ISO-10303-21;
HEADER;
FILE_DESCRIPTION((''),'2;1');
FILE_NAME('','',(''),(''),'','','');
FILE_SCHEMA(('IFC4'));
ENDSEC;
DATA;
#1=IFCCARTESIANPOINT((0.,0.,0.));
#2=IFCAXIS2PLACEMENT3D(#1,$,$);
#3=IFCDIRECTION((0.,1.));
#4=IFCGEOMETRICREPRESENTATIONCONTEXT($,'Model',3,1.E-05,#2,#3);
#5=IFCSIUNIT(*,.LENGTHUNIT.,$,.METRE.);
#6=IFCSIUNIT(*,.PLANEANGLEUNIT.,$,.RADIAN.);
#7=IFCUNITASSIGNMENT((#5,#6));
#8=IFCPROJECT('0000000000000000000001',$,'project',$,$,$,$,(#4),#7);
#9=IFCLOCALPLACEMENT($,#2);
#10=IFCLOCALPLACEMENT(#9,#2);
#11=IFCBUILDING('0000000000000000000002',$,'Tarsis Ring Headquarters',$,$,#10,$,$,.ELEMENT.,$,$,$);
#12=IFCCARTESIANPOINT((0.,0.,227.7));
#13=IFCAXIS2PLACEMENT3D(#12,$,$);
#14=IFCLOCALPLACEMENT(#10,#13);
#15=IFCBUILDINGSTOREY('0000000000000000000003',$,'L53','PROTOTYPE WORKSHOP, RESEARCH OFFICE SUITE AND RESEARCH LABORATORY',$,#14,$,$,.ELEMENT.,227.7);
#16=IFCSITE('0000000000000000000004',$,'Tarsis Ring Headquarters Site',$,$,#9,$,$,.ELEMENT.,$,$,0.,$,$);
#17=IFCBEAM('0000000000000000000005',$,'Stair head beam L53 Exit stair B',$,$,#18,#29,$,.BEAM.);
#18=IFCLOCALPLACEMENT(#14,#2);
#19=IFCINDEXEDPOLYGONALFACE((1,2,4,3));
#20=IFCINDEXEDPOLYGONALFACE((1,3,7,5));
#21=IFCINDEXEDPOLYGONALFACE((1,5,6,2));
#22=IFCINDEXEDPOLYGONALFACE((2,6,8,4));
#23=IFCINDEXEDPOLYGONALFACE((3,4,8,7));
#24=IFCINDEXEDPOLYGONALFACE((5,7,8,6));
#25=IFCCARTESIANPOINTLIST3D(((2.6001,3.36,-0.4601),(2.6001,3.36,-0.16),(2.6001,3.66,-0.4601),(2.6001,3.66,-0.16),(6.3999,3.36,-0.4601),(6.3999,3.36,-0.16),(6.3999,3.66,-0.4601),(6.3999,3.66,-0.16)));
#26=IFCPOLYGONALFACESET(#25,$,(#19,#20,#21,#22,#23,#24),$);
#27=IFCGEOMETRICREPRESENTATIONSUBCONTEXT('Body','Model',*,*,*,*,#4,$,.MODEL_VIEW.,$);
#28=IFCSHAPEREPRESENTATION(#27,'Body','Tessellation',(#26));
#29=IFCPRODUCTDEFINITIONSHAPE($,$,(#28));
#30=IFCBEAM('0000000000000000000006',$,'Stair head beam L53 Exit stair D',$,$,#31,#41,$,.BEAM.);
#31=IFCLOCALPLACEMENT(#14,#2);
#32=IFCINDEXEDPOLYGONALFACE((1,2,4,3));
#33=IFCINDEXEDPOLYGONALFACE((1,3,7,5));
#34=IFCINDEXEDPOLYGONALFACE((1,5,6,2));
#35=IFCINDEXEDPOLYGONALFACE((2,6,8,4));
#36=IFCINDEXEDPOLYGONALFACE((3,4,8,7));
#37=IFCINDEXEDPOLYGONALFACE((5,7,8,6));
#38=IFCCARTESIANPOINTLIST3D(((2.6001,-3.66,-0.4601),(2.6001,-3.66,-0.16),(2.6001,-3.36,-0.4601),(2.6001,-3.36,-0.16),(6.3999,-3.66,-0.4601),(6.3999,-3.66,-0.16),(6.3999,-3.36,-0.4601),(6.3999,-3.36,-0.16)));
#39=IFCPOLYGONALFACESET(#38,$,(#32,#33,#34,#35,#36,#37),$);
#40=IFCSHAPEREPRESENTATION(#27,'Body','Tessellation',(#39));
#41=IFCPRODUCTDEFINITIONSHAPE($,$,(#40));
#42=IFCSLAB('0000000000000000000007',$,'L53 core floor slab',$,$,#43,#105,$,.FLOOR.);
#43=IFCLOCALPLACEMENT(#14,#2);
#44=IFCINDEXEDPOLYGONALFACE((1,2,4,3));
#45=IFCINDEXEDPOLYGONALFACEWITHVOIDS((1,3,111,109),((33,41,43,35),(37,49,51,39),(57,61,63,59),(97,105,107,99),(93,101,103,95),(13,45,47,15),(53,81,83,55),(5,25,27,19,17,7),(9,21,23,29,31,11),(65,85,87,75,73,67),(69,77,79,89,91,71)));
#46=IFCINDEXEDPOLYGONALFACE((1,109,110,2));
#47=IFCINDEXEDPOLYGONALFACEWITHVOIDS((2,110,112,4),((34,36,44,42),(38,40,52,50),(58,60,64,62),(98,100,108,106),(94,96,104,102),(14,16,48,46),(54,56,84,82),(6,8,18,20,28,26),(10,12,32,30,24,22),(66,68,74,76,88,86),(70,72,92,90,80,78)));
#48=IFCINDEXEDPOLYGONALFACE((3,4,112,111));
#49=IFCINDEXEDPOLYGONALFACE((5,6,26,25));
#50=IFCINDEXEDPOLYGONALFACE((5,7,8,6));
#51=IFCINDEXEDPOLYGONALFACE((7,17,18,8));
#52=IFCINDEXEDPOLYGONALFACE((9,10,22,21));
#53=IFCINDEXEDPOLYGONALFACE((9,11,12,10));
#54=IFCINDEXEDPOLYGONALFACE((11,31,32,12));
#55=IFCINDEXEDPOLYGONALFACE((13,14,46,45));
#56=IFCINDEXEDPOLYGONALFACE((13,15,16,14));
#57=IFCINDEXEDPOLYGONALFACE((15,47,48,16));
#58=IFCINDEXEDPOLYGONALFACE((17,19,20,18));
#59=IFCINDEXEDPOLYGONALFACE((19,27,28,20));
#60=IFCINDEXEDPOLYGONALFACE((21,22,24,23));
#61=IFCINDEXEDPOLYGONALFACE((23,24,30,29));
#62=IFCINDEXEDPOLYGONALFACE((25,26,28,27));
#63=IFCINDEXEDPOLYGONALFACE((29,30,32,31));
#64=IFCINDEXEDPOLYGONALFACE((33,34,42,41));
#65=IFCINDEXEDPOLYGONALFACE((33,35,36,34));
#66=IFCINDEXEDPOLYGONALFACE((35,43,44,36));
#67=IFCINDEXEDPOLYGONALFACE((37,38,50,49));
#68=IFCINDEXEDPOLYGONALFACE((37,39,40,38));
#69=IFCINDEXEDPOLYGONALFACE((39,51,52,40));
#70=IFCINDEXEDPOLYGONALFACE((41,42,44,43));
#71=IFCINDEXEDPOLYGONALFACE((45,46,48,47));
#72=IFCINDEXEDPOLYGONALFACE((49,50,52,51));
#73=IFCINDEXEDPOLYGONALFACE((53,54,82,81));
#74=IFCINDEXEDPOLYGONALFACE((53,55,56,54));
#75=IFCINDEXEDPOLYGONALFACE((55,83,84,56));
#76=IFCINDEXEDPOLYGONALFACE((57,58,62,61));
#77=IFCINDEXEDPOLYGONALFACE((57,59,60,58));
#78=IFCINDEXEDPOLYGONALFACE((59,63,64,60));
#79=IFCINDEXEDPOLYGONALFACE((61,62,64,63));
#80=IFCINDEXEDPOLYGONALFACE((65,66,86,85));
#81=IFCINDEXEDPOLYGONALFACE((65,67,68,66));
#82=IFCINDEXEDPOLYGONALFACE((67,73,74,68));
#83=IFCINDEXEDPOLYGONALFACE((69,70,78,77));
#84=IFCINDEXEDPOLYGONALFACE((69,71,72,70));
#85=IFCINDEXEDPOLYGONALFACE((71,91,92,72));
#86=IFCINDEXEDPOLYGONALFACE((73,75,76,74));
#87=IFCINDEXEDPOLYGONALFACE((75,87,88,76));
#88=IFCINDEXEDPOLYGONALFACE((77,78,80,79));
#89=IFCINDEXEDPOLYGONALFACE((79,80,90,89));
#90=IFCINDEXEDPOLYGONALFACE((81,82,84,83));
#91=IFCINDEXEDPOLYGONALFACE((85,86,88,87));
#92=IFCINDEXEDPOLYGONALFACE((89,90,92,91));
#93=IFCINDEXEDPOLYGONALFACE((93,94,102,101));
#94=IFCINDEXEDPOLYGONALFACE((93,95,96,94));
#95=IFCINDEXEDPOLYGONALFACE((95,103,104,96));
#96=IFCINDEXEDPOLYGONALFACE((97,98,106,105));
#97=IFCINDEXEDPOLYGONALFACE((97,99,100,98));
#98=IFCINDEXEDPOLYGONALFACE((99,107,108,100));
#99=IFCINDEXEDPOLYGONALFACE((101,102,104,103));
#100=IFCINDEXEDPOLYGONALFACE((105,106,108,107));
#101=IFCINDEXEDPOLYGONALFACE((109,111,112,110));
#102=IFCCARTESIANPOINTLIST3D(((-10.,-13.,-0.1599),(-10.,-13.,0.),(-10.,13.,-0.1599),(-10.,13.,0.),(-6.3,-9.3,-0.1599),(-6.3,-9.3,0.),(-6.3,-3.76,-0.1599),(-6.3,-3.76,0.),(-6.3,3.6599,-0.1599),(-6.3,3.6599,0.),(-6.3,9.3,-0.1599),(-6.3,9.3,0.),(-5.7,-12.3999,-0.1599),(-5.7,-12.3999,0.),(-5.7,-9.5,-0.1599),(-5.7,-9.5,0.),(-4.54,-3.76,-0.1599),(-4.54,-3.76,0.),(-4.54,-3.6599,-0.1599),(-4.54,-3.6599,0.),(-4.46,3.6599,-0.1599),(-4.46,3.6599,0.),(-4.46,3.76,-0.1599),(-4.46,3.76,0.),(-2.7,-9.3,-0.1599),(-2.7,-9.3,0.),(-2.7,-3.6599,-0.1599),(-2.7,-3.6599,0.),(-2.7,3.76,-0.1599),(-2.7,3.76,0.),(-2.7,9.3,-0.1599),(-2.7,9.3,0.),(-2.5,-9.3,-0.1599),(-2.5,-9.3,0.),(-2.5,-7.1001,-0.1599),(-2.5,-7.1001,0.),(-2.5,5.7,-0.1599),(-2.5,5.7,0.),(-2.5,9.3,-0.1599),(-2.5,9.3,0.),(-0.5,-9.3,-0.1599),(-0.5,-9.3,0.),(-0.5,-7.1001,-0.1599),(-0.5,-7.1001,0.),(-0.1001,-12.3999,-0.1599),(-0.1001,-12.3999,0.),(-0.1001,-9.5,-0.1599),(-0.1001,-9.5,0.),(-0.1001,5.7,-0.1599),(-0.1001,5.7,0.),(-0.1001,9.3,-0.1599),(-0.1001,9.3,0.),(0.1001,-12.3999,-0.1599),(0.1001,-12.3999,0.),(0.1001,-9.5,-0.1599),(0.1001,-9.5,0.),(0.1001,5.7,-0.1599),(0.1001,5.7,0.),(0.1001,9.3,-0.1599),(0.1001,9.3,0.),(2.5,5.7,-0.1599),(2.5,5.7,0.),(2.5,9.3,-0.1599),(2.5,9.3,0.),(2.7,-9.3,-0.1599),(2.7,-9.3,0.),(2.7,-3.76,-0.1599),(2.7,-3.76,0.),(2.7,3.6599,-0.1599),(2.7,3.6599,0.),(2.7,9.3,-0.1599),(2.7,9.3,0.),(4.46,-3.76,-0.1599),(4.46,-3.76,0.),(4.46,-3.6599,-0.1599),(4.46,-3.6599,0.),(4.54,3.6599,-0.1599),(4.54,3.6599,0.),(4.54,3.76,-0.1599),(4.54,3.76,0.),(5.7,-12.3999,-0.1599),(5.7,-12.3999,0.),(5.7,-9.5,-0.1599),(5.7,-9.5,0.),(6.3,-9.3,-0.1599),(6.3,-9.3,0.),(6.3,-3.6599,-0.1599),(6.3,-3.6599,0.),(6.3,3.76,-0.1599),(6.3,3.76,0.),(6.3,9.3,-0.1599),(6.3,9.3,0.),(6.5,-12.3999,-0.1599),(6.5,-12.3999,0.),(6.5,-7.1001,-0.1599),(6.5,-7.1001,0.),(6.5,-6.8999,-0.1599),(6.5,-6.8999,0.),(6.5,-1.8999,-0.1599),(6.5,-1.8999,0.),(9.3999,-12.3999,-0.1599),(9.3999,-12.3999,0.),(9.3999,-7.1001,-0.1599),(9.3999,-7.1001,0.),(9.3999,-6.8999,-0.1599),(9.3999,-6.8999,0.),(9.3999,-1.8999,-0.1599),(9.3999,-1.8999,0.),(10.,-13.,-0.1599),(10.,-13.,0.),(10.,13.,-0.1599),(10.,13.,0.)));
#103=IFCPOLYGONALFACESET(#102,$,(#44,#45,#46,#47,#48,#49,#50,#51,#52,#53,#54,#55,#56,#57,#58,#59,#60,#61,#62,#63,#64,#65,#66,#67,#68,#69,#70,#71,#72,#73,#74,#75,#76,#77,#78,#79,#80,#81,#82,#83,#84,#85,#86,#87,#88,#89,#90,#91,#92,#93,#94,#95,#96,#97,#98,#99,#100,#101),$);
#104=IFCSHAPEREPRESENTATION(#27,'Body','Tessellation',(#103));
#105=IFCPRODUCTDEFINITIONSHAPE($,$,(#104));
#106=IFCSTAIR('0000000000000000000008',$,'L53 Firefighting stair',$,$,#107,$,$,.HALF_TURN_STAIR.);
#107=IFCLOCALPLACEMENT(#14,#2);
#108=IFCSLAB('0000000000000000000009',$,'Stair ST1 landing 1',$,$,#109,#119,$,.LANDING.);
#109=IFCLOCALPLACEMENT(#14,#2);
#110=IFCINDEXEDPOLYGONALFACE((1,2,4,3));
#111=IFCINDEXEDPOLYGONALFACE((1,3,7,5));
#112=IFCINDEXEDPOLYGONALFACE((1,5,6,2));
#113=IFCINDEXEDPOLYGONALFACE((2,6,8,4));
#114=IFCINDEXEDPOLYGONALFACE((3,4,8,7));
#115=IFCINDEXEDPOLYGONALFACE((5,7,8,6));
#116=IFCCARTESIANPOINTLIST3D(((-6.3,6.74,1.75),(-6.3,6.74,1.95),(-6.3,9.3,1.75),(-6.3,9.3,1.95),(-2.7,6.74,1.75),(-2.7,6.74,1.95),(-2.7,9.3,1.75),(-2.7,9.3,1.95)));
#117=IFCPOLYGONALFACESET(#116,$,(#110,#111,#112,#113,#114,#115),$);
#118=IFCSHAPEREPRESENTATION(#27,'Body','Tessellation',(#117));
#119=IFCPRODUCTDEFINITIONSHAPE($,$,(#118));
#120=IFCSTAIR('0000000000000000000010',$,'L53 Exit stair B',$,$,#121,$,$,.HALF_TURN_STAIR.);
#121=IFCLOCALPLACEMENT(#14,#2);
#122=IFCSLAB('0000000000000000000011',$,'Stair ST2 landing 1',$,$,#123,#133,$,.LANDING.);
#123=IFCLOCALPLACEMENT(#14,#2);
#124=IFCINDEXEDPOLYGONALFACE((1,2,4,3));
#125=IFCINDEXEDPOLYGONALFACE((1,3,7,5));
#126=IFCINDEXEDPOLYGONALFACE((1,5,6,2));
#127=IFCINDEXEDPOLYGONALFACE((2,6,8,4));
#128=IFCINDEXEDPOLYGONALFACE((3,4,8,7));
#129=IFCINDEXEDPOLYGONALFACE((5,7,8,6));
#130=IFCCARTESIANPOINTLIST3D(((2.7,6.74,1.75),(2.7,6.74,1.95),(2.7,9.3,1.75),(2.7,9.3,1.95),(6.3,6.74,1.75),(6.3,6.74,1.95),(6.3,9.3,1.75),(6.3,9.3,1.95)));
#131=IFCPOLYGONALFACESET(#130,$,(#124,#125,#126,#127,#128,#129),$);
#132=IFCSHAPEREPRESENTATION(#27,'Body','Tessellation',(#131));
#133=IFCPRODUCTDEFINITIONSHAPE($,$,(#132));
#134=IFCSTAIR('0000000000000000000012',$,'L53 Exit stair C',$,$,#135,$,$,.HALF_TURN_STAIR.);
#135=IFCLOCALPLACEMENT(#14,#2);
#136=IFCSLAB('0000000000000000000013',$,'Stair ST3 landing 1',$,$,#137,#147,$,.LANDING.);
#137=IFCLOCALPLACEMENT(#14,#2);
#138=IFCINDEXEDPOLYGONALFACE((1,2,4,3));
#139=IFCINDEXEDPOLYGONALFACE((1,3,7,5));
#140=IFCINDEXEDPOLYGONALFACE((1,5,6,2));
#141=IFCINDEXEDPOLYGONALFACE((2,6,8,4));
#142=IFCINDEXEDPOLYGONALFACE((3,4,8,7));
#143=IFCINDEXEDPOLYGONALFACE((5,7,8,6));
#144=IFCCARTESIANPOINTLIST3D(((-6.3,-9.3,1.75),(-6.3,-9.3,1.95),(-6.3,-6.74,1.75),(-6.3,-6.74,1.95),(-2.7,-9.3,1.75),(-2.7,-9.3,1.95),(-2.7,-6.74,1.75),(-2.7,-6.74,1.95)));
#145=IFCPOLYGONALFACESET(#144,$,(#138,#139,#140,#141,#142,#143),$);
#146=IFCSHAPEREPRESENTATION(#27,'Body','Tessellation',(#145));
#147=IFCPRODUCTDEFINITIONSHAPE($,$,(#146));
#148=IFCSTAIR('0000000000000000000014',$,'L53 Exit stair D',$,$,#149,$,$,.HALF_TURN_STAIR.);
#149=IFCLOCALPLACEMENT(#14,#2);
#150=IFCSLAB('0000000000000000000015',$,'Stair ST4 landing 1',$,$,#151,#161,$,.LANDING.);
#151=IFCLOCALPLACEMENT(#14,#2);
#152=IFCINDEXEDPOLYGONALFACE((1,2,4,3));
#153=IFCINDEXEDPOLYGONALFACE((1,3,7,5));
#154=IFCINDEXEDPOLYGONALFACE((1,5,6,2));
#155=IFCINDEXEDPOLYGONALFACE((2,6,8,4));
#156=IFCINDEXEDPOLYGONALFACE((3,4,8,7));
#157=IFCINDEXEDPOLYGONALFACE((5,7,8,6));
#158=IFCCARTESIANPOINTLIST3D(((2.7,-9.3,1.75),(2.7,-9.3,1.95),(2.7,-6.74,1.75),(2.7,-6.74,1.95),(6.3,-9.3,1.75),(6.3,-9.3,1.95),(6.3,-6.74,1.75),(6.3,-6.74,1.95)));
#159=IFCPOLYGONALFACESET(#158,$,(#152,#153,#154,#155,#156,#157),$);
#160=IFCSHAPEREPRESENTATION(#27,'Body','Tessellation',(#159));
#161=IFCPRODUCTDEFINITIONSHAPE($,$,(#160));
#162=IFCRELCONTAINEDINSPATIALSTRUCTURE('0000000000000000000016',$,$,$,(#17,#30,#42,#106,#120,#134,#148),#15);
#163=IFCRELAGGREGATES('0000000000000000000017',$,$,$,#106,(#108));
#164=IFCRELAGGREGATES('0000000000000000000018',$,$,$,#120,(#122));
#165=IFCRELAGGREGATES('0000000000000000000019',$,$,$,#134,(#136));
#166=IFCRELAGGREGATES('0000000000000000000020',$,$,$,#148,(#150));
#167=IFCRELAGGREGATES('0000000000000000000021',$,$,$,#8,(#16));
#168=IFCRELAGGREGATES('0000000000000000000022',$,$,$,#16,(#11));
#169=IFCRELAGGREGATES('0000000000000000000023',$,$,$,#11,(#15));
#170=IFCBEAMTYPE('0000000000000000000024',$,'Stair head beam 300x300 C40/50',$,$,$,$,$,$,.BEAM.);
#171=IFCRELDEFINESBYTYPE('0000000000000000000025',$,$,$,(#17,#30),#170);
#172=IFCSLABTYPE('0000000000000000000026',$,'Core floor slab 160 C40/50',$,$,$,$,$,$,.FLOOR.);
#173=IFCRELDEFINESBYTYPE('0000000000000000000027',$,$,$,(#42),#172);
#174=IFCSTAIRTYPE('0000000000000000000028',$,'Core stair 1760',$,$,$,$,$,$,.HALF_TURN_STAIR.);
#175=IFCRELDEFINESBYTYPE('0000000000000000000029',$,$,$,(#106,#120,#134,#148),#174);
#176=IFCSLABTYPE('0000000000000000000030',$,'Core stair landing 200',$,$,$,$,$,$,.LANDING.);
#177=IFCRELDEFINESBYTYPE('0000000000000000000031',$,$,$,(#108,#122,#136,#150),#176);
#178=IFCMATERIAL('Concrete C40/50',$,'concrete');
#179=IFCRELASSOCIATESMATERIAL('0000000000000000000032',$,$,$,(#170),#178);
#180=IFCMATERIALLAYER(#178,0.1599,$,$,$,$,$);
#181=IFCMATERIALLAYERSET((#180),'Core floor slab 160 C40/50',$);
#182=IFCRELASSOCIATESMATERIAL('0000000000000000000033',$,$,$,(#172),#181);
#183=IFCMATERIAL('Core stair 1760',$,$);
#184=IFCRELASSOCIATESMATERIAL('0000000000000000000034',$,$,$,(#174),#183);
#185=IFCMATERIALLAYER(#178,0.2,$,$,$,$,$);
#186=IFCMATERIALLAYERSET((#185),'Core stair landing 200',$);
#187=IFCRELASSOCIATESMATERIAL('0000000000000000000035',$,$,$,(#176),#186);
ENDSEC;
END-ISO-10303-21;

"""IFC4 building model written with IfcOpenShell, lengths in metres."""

from ifc_helpers import new_model, si_unit, direction, frame, origin, origin_2d, place, context, subcontext, project, spatial, polyline, rectangle, outline, extrude, material, layer, layer_set, material_profile, profile_set, type_object, element, aggregate, save


model = new_model("IFC4")

# Units and contexts
model_context = context("Model", 3, precision=1e-05, world=origin(), true_north=direction((0.0, 1.0)))
body_context = subcontext(model_context, "Body", "Model", "MODEL_VIEW")
ifc_project = project(units=[si_unit("LENGTHUNIT", "METRE"), si_unit("PLANEANGLEUNIT", "RADIAN")], contexts=[model_context])

# Site, building, storey
site_placement = place(None, origin())
site = spatial("IfcSite", under=ifc_project, at=site_placement, Name="Tarsis Ring Headquarters Site", CompositionType="ELEMENT", RefElevation=0.0)
building_placement = place(site_placement, origin())
building = spatial("IfcBuilding", under=site, at=building_placement, Name="Tarsis Ring Headquarters", CompositionType="ELEMENT")
storey_placement = place(building_placement, frame((0.0, 0.0, 227.7)))
storey = spatial("IfcBuildingStorey", under=building, at=storey_placement, Name="L53", Description="PROTOTYPE WORKSHOP, RESEARCH OFFICE SUITE AND RESEARCH LABORATORY", CompositionType="ELEMENT", Elevation=227.7)

# Beams
ifc_material_1 = material(Name="Concrete C40/50", Category="concrete")
ifc_material_profile = material_profile(ifc_material_1, rectangle(XDim=0.3, YDim=0.3, at=origin_2d()), Name="Stair head beam 300x300 C40/50")
ifc_profile_set = profile_set([ifc_material_profile], Name="Concrete C40/50")
beam_type = type_object("IfcBeamType", Name="Stair head beam 300x300 C40/50", PredefinedType="BEAM", material=ifc_profile_set)
for number, where, z_axis, x_axis, name in (
    (1, (2.6001, 3.51, -0.3101), (1.0, 0.0, 0.0), (0.0, 1.0, 0.0), "Stair head beam L53 Exit stair B"),
    (2, (2.6001, -3.51, -0.3101), (1.0, 0.0, 0.0), (0.0, 1.0, 0.0), "Stair head beam L53 Exit stair D"),
):
    element("IfcBeam", number, at=place(storey_placement, frame(where, z_axis=z_axis, x_axis=x_axis)), inside=storey, type_object=beam_type, Name=name, PredefinedType="BEAM", context=body_context, shape_type="SweptSolid", body=[
        extrude(rectangle(XDim=0.3, YDim=0.3, at=origin_2d()), origin(), (0.0, 0.0, 1.0), 3.7998),
    ])

# Slab
ifc_layer_1 = layer(ifc_material_1, 0.1599)
ifc_layer_set_1 = layer_set([ifc_layer_1], Name="Core floor slab 160 C40/50")
slab_type_1 = type_object("IfcSlabType", Name="Core floor slab 160 C40/50", PredefinedType="FLOOR", material=ifc_layer_set_1)
slab_1_placement = place(storey_placement, frame((0.0, 0.0, -0.1599)))
element("IfcSlab", 3, at=slab_1_placement, inside=storey, type_object=slab_type_1, Name="L53 core floor slab", PredefinedType="FLOOR", context=body_context, shape_type="SweptSolid", body=[
    extrude(outline(polyline([(-10.0, -13.0), (10.0, -13.0), (10.0, 13.0), (-10.0, 13.0), (-10.0, -13.0)]), holes=[polyline([(-2.5, 5.7), (-0.1001, 5.7), (-0.1001, 9.3), (-2.5, 9.3), (-2.5, 5.7)]), polyline([(0.1001, 5.7), (2.5, 5.7), (2.5, 9.3), (0.1001, 9.3), (0.1001, 5.7)]), polyline([(6.5, -12.3999), (9.3999, -12.3999), (9.3999, -7.1001), (6.5, -7.1001), (6.5, -12.3999)]), polyline([(6.5, -6.8999), (9.3999, -6.8999), (9.3999, -1.8999), (6.5, -1.8999), (6.5, -6.8999)]), polyline([(-5.7, -12.3999), (-0.1001, -12.3999), (-0.1001, -9.5), (-5.7, -9.5), (-5.7, -12.3999)]), polyline([(0.1001, -12.3999), (5.7, -12.3999), (5.7, -9.5), (0.1001, -9.5), (0.1001, -12.3999)]), polyline([(-2.5, -9.3), (-0.5, -9.3), (-0.5, -7.1001), (-2.5, -7.1001), (-2.5, -9.3)]), polyline([(-2.7, 3.76), (-2.7, 9.3), (-6.3, 9.3), (-6.3, 3.6599), (-4.46, 3.6599), (-4.46, 3.76), (-2.7, 3.76)]), polyline([(6.3, 3.76), (6.3, 9.3), (2.7, 9.3), (2.7, 3.6599), (4.54, 3.6599), (4.54, 3.76), (6.3, 3.76)]), polyline([(-6.3, -3.76), (-6.3, -9.3), (-2.7, -9.3), (-2.7, -3.6599), (-4.54, -3.6599), (-4.54, -3.76), (-6.3, -3.76)]), polyline([(2.7, -3.76), (2.7, -9.3), (6.3, -9.3), (6.3, -3.6599), (4.46, -3.6599), (4.46, -3.76), (2.7, -3.76)])]), origin(), (0.0, 0.0, 1.0), 0.1599),
])

# Stairs, slabs
ifc_material_2 = material(Name="Core stair 1760")
stair_type = type_object("IfcStairType", Name="Core stair 1760", PredefinedType="HALF_TURN_STAIR", material=ifc_material_2)
stair_1_placement = place(storey_placement, origin())
stair_1 = element("IfcStair", 4, at=stair_1_placement, inside=storey, type_object=stair_type, Name="L53 Firefighting stair", PredefinedType="HALF_TURN_STAIR")
ifc_layer_2 = layer(ifc_material_1, 0.2)
ifc_layer_set_2 = layer_set([ifc_layer_2], Name="Core stair landing 200")
slab_type_2 = type_object("IfcSlabType", Name="Core stair landing 200", PredefinedType="LANDING", material=ifc_layer_set_2)
slab_2_placement = place(storey_placement, frame((0.0, 0.0, 1.75)))
slab_2 = element("IfcSlab", 5, at=slab_2_placement, type_object=slab_type_2, Name="Stair ST1 landing 1", PredefinedType="LANDING", context=body_context, shape_type="SweptSolid", body=[
    extrude(outline(polyline([(-2.7, 6.74), (-2.7, 9.3), (-6.3, 9.3), (-6.3, 6.74), (-2.7, 6.74)])), origin(), (0.0, 0.0, 1.0), 0.2),
])
aggregate(stair_1, [slab_2])
stair_2_placement = place(storey_placement, origin())
stair_2 = element("IfcStair", 6, at=stair_2_placement, inside=storey, type_object=stair_type, Name="L53 Exit stair B", PredefinedType="HALF_TURN_STAIR")
slab_3_placement = place(storey_placement, frame((0.0, 0.0, 1.75)))
slab_3 = element("IfcSlab", 7, at=slab_3_placement, type_object=slab_type_2, Name="Stair ST2 landing 1", PredefinedType="LANDING", context=body_context, shape_type="SweptSolid", body=[
    extrude(outline(polyline([(6.3, 6.74), (6.3, 9.3), (2.7, 9.3), (2.7, 6.74), (6.3, 6.74)])), origin(), (0.0, 0.0, 1.0), 0.2),
])
aggregate(stair_2, [slab_3])
stair_3_placement = place(storey_placement, origin())
stair_3 = element("IfcStair", 8, at=stair_3_placement, inside=storey, type_object=stair_type, Name="L53 Exit stair C", PredefinedType="HALF_TURN_STAIR")
slab_4_placement = place(storey_placement, frame((0.0, 0.0, 1.75)))
slab_4 = element("IfcSlab", 9, at=slab_4_placement, type_object=slab_type_2, Name="Stair ST3 landing 1", PredefinedType="LANDING", context=body_context, shape_type="SweptSolid", body=[
    extrude(outline(polyline([(-6.3, -6.74), (-6.3, -9.3), (-2.7, -9.3), (-2.7, -6.74), (-6.3, -6.74)])), origin(), (0.0, 0.0, 1.0), 0.2),
])
aggregate(stair_3, [slab_4])
stair_4_placement = place(storey_placement, origin())
stair_4 = element("IfcStair", 10, at=stair_4_placement, inside=storey, type_object=stair_type, Name="L53 Exit stair D", PredefinedType="HALF_TURN_STAIR")
slab_5_placement = place(storey_placement, frame((0.0, 0.0, 1.75)))
slab_5 = element("IfcSlab", 11, at=slab_5_placement, type_object=slab_type_2, Name="Stair ST4 landing 1", PredefinedType="LANDING", context=body_context, shape_type="SweptSolid", body=[
    extrude(outline(polyline([(2.7, -6.74), (2.7, -9.3), (6.3, -9.3), (6.3, -6.74), (2.7, -6.74)])), origin(), (0.0, 0.0, 1.0), 0.2),
])
aggregate(stair_4, [slab_5])

save(model, "model.ifc")
